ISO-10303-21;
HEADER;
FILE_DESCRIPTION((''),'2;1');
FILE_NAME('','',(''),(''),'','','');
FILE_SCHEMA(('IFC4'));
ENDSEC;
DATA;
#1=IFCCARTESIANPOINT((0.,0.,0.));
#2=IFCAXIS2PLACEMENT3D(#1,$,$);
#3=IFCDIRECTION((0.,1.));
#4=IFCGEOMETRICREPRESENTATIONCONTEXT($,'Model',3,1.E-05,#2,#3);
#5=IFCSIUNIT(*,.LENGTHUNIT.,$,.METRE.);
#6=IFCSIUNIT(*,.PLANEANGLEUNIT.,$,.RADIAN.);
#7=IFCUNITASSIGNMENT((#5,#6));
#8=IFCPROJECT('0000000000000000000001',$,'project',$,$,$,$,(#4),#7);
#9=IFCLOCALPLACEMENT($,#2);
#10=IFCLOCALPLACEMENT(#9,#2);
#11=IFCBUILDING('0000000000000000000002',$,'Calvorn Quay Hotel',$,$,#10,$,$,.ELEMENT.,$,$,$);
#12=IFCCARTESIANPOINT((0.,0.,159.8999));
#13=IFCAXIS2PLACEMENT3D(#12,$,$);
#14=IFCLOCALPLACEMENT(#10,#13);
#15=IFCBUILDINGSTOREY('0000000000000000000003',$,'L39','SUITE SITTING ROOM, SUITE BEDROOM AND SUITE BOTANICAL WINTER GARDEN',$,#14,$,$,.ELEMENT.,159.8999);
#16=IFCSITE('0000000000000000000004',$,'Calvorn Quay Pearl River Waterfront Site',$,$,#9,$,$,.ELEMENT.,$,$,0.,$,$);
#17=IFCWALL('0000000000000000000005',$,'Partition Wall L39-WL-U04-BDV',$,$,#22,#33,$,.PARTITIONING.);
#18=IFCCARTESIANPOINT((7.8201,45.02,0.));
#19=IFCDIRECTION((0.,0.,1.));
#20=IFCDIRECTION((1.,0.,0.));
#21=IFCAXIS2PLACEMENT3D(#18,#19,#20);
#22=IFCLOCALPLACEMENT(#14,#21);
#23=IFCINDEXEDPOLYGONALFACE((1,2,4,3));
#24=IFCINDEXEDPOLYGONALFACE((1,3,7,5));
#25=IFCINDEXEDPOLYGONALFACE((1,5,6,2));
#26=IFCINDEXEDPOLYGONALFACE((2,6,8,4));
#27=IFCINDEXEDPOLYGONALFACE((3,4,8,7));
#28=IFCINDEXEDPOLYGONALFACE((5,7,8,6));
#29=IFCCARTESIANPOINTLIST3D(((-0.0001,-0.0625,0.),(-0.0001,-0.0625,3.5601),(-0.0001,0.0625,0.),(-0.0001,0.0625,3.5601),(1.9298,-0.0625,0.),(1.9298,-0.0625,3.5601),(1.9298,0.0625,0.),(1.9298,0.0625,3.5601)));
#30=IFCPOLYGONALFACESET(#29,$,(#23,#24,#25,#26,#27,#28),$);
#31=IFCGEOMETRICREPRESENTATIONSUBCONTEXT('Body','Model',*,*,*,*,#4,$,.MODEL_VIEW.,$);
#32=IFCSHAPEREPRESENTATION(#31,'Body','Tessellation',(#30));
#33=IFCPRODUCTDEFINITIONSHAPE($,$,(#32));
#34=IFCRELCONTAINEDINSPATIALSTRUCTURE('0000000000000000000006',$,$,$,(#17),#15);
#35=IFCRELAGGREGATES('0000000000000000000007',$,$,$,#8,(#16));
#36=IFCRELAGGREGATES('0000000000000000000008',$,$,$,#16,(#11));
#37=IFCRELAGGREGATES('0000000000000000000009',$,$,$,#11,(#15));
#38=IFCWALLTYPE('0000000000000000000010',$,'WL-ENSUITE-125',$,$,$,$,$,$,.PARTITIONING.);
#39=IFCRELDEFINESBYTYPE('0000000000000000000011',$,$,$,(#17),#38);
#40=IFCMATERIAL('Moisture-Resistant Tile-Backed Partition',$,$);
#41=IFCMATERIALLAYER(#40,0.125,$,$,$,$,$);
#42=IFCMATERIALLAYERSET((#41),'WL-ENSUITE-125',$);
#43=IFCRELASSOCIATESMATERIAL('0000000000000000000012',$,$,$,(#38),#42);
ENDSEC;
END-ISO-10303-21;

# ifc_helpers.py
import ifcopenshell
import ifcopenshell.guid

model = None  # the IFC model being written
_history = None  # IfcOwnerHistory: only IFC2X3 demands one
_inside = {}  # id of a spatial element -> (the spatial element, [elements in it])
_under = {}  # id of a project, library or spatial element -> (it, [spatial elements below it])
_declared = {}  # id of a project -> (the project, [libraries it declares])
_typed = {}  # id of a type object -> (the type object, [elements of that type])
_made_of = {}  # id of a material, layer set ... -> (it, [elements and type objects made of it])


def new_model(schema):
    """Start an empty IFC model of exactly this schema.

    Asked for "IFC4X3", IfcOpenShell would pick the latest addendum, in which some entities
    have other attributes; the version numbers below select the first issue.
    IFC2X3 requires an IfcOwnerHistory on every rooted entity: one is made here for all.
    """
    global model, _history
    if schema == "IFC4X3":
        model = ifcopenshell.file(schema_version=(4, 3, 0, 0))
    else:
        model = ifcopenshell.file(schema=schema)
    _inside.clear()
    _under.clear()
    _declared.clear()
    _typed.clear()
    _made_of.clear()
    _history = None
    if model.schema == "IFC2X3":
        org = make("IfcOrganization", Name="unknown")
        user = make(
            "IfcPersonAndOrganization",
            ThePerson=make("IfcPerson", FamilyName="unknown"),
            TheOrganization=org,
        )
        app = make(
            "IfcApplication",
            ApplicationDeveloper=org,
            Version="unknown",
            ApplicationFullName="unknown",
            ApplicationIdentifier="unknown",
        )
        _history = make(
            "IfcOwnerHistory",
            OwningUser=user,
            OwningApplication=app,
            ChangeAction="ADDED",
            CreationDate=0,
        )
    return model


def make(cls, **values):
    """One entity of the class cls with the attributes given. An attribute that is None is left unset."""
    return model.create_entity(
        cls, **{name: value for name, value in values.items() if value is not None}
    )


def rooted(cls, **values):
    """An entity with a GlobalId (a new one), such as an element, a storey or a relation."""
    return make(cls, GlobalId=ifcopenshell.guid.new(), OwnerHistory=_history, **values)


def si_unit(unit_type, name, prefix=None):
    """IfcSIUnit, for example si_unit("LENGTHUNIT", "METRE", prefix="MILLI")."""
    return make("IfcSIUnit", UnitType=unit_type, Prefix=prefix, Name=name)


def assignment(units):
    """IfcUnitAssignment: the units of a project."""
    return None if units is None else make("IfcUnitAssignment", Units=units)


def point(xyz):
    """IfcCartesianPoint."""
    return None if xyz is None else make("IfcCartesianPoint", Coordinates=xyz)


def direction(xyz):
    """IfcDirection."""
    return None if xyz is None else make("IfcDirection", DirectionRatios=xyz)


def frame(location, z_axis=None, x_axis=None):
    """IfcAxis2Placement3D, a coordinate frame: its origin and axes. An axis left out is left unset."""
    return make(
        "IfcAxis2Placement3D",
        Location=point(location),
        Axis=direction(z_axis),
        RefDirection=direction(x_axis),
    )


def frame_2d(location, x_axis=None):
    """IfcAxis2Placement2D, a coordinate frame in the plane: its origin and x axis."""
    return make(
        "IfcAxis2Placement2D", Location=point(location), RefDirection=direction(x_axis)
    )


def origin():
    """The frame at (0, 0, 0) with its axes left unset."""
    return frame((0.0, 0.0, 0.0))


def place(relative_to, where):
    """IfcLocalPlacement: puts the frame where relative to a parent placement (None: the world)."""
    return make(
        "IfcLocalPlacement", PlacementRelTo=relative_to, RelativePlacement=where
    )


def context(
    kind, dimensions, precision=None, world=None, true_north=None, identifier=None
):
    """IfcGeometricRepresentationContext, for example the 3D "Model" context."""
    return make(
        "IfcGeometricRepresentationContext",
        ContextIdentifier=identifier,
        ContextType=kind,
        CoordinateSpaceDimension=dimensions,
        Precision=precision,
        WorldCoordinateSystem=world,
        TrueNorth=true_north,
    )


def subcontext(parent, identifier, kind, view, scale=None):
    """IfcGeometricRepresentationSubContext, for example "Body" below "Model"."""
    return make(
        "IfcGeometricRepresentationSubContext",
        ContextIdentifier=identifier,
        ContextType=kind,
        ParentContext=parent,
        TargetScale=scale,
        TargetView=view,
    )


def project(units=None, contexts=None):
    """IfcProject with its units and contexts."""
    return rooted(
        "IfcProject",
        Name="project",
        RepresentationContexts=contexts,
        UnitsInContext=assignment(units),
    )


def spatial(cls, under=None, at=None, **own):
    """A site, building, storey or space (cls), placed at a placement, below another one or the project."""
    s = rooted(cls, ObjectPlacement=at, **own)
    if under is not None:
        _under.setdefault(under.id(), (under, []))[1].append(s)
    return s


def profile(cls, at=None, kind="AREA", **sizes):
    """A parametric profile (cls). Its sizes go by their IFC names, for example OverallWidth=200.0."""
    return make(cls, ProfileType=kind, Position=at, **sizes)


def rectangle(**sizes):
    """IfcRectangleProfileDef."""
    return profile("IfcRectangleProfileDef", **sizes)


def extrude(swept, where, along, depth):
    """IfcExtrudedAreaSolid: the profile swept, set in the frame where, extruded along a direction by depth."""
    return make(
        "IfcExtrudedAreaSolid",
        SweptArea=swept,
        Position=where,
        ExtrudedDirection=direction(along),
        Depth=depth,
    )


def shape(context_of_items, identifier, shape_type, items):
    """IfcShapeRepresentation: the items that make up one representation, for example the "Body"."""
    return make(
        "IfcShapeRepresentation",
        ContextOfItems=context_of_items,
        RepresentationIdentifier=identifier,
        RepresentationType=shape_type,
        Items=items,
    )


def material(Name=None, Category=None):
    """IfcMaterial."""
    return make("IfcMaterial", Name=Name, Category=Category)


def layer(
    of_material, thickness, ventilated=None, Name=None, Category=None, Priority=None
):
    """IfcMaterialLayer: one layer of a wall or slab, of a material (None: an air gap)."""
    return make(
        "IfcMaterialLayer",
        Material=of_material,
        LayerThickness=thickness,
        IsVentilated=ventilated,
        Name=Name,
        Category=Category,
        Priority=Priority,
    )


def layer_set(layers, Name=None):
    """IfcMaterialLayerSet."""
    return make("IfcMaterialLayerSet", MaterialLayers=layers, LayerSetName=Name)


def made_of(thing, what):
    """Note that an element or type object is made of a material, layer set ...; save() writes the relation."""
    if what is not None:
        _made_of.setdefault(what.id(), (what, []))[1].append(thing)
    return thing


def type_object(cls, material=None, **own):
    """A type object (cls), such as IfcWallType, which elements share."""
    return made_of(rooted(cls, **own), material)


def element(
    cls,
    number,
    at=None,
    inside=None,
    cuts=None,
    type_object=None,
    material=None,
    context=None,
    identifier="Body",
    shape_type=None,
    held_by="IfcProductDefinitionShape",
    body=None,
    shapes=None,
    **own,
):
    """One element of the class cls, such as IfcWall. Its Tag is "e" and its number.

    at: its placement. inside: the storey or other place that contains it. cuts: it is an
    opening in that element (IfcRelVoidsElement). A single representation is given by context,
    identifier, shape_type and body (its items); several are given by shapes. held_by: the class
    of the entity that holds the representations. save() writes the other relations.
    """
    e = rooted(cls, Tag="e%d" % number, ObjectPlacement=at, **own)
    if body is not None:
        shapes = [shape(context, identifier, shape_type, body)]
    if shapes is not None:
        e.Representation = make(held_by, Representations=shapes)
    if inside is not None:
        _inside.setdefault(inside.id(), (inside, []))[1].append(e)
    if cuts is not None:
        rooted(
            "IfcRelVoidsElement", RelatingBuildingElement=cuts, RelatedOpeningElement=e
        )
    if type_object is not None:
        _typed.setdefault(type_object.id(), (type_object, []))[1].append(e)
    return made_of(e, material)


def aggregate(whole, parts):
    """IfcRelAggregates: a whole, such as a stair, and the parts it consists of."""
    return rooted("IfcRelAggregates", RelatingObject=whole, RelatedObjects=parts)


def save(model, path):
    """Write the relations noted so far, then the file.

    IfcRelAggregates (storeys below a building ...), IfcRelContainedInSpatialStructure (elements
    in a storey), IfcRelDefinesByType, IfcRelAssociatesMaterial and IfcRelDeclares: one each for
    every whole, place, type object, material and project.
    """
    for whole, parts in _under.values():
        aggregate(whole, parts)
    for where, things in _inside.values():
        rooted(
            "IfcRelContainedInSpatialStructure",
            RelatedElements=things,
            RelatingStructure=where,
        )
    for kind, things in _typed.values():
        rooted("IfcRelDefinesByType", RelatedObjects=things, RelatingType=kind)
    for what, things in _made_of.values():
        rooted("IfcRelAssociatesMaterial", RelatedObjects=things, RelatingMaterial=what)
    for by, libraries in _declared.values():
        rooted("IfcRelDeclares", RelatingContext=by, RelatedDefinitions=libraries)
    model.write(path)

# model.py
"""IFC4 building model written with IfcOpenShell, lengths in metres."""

from ifc_helpers import new_model, si_unit, direction, frame, frame_2d, origin, place, context, subcontext, project, spatial, rectangle, extrude, material, layer, layer_set, type_object, element, save


model = new_model("IFC4")

# Units and contexts
model_context = context("Model", 3, precision=1e-05, world=origin(), true_north=direction((0.0, 1.0)))
body_context = subcontext(model_context, "Body", "Model", "MODEL_VIEW")
ifc_project = project(units=[si_unit("LENGTHUNIT", "METRE"), si_unit("PLANEANGLEUNIT", "RADIAN")], contexts=[model_context])

# Site, building, storey
site_placement = place(None, origin())
site = spatial("IfcSite", under=ifc_project, at=site_placement, Name="Calvorn Quay Pearl River Waterfront Site", CompositionType="ELEMENT", RefElevation=0.0)
building_placement = place(site_placement, origin())
building = spatial("IfcBuilding", under=site, at=building_placement, Name="Calvorn Quay Hotel", CompositionType="ELEMENT")
storey_placement = place(building_placement, frame((0.0, 0.0, 159.8999)))
storey = spatial("IfcBuildingStorey", under=building, at=storey_placement, Name="L39", Description="SUITE SITTING ROOM, SUITE BEDROOM AND SUITE BOTANICAL WINTER GARDEN", CompositionType="ELEMENT", Elevation=159.8999)

# Wall
ifc_material_1 = material(Name="Moisture-Resistant Tile-Backed Partition")
ifc_layer_1 = layer(ifc_material_1, 0.125)
ifc_layer_set_1 = layer_set([ifc_layer_1], Name="WL-ENSUITE-125")
wall_type_1 = type_object("IfcWallType", Name="WL-ENSUITE-125", PredefinedType="PARTITIONING", material=ifc_layer_set_1)
wall_1_placement = place(storey_placement, frame((7.8201, 45.02, 0.0), z_axis=(0.0, 0.0, 1.0), x_axis=(1.0, 0.0, 0.0)))
element("IfcWall", 1, at=wall_1_placement, inside=storey, type_object=wall_type_1, Name="Partition Wall L39-WL-U04-BDV", PredefinedType="PARTITIONING", context=body_context, shape_type="SweptSolid", body=[
    extrude(rectangle(XDim=1.9299, YDim=0.125, at=frame_2d((0.9648, 0.0))), origin(), (0.0, 0.0, 1.0), 3.5601),
])

save(model, "model.ifc")
